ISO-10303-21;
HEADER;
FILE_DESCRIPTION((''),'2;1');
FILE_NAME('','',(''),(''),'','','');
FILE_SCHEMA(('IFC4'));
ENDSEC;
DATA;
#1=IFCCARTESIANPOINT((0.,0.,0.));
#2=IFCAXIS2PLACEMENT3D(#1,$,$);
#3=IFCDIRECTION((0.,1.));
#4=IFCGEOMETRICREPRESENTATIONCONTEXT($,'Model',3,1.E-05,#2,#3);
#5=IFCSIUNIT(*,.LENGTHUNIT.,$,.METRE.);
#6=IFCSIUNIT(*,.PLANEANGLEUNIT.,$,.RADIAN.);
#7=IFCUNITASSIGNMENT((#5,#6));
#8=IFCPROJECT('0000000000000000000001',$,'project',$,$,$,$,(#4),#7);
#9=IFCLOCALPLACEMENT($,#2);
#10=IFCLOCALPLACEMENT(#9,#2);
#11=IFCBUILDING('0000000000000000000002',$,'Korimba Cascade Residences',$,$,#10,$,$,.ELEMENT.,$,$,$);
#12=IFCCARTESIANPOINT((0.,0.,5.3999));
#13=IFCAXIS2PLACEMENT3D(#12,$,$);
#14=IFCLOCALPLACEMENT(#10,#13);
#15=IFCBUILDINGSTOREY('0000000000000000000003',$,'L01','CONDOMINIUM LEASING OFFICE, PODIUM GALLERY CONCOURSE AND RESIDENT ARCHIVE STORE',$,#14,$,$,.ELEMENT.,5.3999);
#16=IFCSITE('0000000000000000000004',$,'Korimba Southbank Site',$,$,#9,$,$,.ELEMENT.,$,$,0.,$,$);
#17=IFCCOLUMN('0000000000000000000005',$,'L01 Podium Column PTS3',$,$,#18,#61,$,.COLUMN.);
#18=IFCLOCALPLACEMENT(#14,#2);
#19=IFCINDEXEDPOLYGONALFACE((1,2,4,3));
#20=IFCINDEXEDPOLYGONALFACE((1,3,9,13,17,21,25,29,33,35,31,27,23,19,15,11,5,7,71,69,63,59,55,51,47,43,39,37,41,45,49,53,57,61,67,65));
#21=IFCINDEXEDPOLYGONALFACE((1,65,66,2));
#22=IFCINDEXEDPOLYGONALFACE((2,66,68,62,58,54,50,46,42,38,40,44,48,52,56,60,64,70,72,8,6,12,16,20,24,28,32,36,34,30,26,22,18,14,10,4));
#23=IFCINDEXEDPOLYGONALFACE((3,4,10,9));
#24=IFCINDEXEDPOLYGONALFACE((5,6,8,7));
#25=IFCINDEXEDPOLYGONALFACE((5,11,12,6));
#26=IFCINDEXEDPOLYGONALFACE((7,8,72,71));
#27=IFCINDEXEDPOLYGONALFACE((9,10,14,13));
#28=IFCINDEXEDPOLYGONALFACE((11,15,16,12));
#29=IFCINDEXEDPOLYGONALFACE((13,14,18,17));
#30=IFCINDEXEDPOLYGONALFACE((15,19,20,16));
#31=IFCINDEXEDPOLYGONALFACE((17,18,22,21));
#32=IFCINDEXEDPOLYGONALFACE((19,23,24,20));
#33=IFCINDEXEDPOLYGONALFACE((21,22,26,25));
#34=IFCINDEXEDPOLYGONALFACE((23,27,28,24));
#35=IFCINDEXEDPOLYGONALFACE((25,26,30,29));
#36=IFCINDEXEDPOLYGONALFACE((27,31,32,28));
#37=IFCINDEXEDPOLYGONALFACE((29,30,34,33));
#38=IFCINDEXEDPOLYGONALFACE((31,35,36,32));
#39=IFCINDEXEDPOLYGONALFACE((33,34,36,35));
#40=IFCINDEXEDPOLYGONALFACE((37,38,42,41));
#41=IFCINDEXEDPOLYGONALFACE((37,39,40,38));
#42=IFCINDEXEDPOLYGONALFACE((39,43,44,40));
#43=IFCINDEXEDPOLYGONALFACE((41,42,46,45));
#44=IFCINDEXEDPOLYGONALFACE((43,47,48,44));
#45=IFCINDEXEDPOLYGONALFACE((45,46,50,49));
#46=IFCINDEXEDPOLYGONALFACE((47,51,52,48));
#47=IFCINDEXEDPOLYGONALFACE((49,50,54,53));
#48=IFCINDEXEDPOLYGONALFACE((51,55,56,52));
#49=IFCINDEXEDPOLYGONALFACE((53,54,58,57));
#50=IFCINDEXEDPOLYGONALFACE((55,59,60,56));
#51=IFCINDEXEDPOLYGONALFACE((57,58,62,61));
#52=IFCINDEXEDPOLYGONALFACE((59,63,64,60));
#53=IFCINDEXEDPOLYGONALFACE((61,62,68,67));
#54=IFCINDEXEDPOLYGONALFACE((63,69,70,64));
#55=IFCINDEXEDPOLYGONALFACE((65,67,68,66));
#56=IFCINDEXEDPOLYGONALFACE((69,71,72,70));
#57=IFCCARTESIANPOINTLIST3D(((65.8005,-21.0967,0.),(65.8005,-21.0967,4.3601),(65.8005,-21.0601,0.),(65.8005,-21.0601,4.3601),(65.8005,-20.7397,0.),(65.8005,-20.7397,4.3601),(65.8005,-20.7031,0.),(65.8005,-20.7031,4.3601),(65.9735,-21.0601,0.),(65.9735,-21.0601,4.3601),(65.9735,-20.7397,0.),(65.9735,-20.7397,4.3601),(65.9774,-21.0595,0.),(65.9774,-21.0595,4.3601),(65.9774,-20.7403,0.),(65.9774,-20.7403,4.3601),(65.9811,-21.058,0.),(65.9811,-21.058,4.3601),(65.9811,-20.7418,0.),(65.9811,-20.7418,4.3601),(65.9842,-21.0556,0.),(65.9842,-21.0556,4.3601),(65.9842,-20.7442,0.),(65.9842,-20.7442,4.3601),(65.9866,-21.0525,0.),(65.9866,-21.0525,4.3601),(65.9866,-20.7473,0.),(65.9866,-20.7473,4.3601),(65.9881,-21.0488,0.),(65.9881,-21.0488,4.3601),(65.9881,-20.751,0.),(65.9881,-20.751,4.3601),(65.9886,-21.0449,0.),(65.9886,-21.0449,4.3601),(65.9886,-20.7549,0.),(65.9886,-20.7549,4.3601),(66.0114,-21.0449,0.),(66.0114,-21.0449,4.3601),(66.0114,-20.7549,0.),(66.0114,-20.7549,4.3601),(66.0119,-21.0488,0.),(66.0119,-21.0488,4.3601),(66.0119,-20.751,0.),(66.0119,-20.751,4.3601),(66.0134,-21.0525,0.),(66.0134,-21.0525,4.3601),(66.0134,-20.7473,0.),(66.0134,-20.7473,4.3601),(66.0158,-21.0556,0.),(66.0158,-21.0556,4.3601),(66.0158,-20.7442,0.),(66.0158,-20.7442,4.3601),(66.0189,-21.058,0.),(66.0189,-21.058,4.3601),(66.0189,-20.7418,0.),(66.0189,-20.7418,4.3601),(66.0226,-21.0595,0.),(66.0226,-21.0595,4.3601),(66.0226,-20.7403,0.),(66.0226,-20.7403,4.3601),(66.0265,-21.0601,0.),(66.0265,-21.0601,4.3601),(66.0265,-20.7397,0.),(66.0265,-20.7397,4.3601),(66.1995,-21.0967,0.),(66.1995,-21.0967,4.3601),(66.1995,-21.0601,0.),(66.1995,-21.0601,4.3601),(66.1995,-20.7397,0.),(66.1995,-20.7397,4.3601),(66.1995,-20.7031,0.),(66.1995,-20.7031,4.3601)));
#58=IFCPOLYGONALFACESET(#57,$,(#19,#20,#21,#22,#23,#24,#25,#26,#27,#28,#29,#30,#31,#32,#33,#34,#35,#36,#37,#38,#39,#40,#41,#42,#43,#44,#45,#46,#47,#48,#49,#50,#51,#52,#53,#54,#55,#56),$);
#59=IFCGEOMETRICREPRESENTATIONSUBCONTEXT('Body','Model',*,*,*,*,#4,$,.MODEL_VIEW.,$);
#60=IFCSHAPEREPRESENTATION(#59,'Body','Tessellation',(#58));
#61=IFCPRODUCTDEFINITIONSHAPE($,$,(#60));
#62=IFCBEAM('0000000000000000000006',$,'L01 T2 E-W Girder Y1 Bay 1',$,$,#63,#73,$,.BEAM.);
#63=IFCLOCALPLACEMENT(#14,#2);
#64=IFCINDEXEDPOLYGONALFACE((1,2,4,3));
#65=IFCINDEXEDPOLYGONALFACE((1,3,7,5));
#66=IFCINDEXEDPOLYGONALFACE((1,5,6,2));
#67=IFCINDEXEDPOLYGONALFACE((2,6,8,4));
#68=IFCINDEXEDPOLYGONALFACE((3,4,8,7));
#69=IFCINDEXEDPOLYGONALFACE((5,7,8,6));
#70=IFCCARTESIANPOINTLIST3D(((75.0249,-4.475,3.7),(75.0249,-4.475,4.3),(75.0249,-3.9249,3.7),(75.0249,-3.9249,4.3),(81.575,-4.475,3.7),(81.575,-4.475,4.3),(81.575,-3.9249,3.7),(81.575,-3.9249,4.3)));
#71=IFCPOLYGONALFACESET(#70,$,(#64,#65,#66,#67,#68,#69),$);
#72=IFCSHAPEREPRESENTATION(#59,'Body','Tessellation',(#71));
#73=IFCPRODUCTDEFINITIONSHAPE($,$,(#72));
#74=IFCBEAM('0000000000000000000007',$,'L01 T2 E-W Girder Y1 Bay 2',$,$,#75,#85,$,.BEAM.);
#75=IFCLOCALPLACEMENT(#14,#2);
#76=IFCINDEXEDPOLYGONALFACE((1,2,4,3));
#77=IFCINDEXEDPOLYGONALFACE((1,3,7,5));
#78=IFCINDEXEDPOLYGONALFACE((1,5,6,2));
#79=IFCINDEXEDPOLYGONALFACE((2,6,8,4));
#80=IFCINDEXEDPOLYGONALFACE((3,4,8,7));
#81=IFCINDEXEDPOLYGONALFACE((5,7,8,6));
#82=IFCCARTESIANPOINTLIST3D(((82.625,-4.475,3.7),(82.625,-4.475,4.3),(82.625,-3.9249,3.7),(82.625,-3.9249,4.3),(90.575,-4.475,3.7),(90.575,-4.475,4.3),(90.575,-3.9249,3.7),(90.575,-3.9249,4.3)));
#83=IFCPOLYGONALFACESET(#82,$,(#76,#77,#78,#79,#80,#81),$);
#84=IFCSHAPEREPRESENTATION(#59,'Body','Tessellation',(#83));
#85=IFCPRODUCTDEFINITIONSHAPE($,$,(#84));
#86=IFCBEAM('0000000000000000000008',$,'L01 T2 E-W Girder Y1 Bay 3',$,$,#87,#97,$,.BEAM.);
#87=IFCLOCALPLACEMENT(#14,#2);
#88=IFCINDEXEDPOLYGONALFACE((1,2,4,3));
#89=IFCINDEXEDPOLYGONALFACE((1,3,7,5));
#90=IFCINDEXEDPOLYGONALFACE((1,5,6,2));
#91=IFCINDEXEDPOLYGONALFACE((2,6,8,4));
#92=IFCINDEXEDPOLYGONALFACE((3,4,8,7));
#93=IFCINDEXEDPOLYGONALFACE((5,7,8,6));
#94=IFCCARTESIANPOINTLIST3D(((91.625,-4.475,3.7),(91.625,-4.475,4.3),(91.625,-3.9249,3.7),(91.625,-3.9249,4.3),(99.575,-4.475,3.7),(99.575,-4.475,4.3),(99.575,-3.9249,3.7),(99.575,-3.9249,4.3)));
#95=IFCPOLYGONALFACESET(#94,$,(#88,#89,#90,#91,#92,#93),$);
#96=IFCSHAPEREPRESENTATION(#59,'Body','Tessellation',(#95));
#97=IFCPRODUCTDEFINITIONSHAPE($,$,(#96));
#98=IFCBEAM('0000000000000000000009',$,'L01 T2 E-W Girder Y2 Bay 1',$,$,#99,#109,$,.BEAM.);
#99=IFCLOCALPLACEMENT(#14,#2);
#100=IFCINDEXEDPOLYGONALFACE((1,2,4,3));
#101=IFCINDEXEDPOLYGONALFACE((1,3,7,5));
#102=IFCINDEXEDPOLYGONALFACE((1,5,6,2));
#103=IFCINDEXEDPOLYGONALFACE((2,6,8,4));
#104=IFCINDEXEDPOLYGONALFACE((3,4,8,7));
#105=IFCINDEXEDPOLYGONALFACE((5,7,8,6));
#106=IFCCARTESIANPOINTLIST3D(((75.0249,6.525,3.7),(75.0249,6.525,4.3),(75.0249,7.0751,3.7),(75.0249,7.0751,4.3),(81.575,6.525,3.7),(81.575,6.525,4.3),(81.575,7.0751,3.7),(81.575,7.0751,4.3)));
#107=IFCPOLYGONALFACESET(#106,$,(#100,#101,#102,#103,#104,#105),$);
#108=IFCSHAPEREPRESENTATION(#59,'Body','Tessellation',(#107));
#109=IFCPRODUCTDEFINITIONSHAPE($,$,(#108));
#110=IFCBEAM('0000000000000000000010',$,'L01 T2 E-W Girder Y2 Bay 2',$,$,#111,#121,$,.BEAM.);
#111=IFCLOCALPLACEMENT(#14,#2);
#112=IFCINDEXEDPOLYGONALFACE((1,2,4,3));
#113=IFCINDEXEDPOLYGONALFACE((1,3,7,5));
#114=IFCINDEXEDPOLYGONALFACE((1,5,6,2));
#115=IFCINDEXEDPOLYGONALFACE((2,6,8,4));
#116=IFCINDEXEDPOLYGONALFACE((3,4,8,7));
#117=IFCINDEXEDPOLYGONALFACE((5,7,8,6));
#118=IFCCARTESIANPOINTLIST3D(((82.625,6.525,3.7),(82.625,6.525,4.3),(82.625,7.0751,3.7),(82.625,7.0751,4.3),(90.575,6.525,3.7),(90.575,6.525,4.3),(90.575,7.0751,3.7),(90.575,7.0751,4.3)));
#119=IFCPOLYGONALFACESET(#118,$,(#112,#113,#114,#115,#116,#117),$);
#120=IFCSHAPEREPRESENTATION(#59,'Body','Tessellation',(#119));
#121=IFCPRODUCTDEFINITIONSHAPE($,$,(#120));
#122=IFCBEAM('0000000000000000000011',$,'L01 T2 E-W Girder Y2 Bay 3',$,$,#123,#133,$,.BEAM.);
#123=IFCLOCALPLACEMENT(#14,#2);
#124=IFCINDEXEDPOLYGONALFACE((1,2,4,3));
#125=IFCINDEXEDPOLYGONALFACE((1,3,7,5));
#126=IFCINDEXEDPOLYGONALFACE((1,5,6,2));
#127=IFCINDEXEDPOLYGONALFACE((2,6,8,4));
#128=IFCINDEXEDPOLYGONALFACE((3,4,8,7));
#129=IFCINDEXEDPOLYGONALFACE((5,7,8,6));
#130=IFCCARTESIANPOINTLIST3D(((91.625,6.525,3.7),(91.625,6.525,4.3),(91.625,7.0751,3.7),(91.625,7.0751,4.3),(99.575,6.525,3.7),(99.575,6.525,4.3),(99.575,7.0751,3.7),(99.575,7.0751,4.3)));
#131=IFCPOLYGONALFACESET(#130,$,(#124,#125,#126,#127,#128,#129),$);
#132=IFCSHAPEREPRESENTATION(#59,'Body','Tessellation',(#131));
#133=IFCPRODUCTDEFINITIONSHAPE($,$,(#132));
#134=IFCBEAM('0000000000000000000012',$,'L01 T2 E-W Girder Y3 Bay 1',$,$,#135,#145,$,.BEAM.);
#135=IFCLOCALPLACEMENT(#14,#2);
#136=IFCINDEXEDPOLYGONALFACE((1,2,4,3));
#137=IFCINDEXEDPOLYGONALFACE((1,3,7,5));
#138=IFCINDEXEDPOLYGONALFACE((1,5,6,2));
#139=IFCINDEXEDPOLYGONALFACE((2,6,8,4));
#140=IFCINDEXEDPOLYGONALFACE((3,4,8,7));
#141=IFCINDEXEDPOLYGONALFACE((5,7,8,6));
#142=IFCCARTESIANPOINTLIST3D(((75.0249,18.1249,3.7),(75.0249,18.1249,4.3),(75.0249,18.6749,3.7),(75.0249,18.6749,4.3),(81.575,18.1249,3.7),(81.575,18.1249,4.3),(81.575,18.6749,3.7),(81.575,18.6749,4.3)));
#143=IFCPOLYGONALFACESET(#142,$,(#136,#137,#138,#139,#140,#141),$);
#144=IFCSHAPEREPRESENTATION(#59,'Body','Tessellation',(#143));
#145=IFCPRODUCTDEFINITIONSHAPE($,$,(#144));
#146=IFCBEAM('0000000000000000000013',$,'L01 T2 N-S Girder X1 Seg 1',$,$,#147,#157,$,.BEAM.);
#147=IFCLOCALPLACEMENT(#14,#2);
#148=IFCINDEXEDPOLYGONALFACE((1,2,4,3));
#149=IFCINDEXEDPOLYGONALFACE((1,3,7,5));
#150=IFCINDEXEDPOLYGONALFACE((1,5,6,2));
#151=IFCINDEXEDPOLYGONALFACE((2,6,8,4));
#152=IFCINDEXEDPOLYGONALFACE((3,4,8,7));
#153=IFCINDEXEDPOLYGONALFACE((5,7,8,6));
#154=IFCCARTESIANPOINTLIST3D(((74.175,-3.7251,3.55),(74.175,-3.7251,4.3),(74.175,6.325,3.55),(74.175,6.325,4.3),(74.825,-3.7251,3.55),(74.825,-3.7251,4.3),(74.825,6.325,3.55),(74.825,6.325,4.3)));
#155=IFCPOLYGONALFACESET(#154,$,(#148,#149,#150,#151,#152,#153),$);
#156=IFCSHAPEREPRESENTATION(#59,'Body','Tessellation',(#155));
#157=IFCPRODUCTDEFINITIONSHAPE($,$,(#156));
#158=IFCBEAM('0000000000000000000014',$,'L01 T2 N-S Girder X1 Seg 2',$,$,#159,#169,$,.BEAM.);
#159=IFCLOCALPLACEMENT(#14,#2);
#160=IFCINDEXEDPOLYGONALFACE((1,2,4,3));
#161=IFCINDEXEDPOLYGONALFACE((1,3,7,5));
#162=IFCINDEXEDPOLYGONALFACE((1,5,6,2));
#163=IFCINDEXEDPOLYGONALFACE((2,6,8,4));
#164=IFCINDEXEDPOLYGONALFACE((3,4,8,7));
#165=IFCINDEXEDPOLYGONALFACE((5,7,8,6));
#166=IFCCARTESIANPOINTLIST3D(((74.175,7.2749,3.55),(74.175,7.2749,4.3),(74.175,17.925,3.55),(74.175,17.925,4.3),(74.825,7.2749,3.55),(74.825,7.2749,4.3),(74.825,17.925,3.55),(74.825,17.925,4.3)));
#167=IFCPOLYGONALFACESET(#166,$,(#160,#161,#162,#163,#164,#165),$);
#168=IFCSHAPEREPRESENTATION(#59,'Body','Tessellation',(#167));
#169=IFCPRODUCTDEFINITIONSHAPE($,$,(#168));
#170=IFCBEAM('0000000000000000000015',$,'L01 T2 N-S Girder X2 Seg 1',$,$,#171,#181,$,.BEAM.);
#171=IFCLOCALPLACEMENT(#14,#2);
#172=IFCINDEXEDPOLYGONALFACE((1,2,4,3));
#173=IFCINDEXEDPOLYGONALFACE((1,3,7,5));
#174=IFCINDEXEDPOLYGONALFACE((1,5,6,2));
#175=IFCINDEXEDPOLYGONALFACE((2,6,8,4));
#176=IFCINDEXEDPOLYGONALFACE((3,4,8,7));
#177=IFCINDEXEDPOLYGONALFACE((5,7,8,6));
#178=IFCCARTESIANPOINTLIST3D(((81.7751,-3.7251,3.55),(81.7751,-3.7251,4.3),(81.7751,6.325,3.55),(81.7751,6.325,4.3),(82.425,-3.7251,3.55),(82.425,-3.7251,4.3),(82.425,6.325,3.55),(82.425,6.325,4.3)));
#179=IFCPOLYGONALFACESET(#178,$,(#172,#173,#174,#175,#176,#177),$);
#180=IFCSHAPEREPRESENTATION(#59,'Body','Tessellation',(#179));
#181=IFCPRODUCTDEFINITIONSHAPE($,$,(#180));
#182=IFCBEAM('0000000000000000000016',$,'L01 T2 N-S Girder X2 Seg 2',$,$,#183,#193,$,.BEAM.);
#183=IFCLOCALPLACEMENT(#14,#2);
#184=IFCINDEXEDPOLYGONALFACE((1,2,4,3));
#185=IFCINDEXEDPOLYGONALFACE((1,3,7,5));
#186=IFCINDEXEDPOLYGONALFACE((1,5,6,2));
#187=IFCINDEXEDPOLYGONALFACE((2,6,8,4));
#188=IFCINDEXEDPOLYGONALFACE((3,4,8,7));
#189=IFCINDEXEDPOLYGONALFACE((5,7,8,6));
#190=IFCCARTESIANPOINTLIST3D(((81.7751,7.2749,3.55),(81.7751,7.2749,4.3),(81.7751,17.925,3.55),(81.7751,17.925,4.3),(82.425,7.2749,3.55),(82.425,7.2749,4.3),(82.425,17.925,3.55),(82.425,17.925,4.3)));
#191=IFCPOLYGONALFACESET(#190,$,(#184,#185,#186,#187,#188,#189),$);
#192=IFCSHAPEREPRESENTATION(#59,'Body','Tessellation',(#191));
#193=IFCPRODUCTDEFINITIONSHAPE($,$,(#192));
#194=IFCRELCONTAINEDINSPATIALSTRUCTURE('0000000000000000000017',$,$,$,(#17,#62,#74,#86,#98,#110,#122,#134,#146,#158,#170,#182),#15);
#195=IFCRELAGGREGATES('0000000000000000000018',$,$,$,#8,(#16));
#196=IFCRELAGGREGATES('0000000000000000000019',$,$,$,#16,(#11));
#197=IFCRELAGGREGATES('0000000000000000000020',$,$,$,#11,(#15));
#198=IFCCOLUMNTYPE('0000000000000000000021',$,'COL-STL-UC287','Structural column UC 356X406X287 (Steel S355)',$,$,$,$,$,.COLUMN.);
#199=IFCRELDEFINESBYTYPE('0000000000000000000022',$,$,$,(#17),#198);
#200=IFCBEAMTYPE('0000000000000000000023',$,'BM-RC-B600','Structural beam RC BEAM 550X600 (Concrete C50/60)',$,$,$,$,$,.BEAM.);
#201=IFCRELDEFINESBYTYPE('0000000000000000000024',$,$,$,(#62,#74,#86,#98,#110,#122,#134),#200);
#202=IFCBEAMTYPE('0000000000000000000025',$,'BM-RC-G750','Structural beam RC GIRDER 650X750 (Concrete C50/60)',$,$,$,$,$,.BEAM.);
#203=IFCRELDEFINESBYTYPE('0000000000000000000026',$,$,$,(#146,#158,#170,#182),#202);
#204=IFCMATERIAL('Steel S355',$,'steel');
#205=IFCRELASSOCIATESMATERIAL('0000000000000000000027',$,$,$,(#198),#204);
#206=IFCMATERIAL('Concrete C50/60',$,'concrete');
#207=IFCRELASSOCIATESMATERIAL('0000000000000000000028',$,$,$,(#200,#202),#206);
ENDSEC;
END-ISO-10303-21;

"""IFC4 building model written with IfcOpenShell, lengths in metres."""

from ifc_helpers import new_model, si_unit, direction, frame, origin, origin_2d, place, context, subcontext, project, spatial, rectangle, i_section, extrude, material, material_profile, profile_set, type_object, element, save


model = new_model("IFC4")

# Units and contexts
model_context = context("Model", 3, precision=1e-05, world=origin(), true_north=direction((0.0, 1.0)))
body_context = subcontext(model_context, "Body", "Model", "MODEL_VIEW")
ifc_project = project(units=[si_unit("LENGTHUNIT", "METRE"), si_unit("PLANEANGLEUNIT", "RADIAN")], contexts=[model_context])

# Site, building, storey
site_placement = place(None, origin())
site = spatial("IfcSite", under=ifc_project, at=site_placement, Name="Korimba Southbank Site", CompositionType="ELEMENT", RefElevation=0.0)
building_placement = place(site_placement, origin())
building = spatial("IfcBuilding", under=site, at=building_placement, Name="Korimba Cascade Residences", CompositionType="ELEMENT")
storey_placement = place(building_placement, frame((0.0, 0.0, 5.3999)))
storey = spatial("IfcBuildingStorey", under=building, at=storey_placement, Name="L01", Description="CONDOMINIUM LEASING OFFICE, PODIUM GALLERY CONCOURSE AND RESIDENT ARCHIVE STORE", CompositionType="ELEMENT", Elevation=5.3999)

# Column
ifc_material_1 = material(Name="Steel S355", Category="steel")
ifc_material_profile_1 = material_profile(ifc_material_1, i_section(OverallWidth=0.3989, OverallDepth=0.3936, WebThickness=0.0227, FlangeThickness=0.0366, FilletRadius=0.0151, at=origin_2d()), Name="Steel S355")
ifc_profile_set_1 = profile_set([ifc_material_profile_1], Name="Steel S355")
column_type_1 = type_object("IfcColumnType", Name="COL-STL-UC287", Description="Structural column UC 356X406X287 (Steel S355)", PredefinedType="COLUMN", material=ifc_profile_set_1)
for number, where, z_axis, x_axis, name in (
    (1, (66.0, -20.8999, 0.0), (0.0, 0.0, 1.0), (1.0, 0.0, 0.0), "L01 Podium Column PTS3"),
):
    element("IfcColumn", number, at=place(storey_placement, frame(where, z_axis=z_axis, x_axis=x_axis)), inside=storey, type_object=column_type_1, Name=name, PredefinedType="COLUMN", context=body_context, shape_type="SweptSolid", body=[
        extrude(i_section(OverallWidth=0.3989, OverallDepth=0.3936, WebThickness=0.0227, FlangeThickness=0.0366, FilletRadius=0.0151, at=origin_2d()), origin(), (0.0, 0.0, 1.0), 4.3601),
    ])

# Beams
ifc_material_2 = material(Name="Concrete C50/60", Category="concrete")
ifc_material_profile_2 = material_profile(ifc_material_2, rectangle(XDim=0.55, YDim=0.6001, at=origin_2d()), Name="Concrete C50/60")
ifc_profile_set_2 = profile_set([ifc_material_profile_2], Name="Concrete C50/60")
beam_type_1 = type_object("IfcBeamType", Name="BM-RC-B600", Description="Structural beam RC BEAM 550X600 (Concrete C50/60)", PredefinedType="BEAM", material=ifc_profile_set_2)
beam_1_placement = place(storey_placement, frame((75.0249, -4.2, 4.0), z_axis=(1.0, 0.0, 0.0), x_axis=(0.0, 1.0, 0.0)))
element("IfcBeam", 2, at=beam_1_placement, inside=storey, type_object=beam_type_1, Name="L01 T2 E-W Girder Y1 Bay 1", PredefinedType="BEAM", context=body_context, shape_type="SweptSolid", body=[
    extrude(rectangle(XDim=0.55, YDim=0.6001, at=origin_2d()), origin(), (0.0, 0.0, 1.0), 6.55),
])
for number, where, z_axis, x_axis, name in (
    (3, (82.625, -4.2, 4.0), (1.0, 0.0, 0.0), (0.0, 1.0, 0.0), "L01 T2 E-W Girder Y1 Bay 2"),
    (4, (91.625, -4.2, 4.0), (1.0, 0.0, 0.0), (0.0, 1.0, 0.0), "L01 T2 E-W Girder Y1 Bay 3"),
):
    element("IfcBeam", number, at=place(storey_placement, frame(where, z_axis=z_axis, x_axis=x_axis)), inside=storey, type_object=beam_type_1, Name=name, PredefinedType="BEAM", context=body_context, shape_type="SweptSolid", body=[
        extrude(rectangle(XDim=0.55, YDim=0.6001, at=origin_2d()), origin(), (0.0, 0.0, 1.0), 7.95),
    ])
beam_2_placement = place(storey_placement, frame((75.0249, 6.8, 4.0), z_axis=(1.0, 0.0, 0.0), x_axis=(0.0, 1.0, 0.0)))
element("IfcBeam", 5, at=beam_2_placement, inside=storey, type_object=beam_type_1, Name="L01 T2 E-W Girder Y2 Bay 1", PredefinedType="BEAM", context=body_context, shape_type="SweptSolid", body=[
    extrude(rectangle(XDim=0.55, YDim=0.6001, at=origin_2d()), origin(), (0.0, 0.0, 1.0), 6.55),
])
for number, where, z_axis, x_axis, name in (
    (6, (82.625, 6.8, 4.0), (1.0, 0.0, 0.0), (0.0, 1.0, 0.0), "L01 T2 E-W Girder Y2 Bay 2"),
    (7, (91.625, 6.8, 4.0), (1.0, 0.0, 0.0), (0.0, 1.0, 0.0), "L01 T2 E-W Girder Y2 Bay 3"),
):
    element("IfcBeam", number, at=place(storey_placement, frame(where, z_axis=z_axis, x_axis=x_axis)), inside=storey, type_object=beam_type_1, Name=name, PredefinedType="BEAM", context=body_context, shape_type="SweptSolid", body=[
        extrude(rectangle(XDim=0.55, YDim=0.6001, at=origin_2d()), origin(), (0.0, 0.0, 1.0), 7.95),
    ])
beam_3_placement = place(storey_placement, frame((75.0249, 18.3999, 4.0), z_axis=(1.0, 0.0, 0.0), x_axis=(0.0, 1.0, 0.0)))
element("IfcBeam", 8, at=beam_3_placement, inside=storey, type_object=beam_type_1, Name="L01 T2 E-W Girder Y3 Bay 1", PredefinedType="BEAM", context=body_context, shape_type="SweptSolid", body=[
    extrude(rectangle(XDim=0.55, YDim=0.6001, at=origin_2d()), origin(), (0.0, 0.0, 1.0), 6.55),
])
ifc_material_profile_3 = material_profile(ifc_material_2, rectangle(XDim=0.6499, YDim=0.75, at=origin_2d()), Name="Concrete C50/60")
ifc_profile_set_3 = profile_set([ifc_material_profile_3], Name="Concrete C50/60")
beam_type_2 = type_object("IfcBeamType", Name="BM-RC-G750", Description="Structural beam RC GIRDER 650X750 (Concrete C50/60)", PredefinedType="BEAM", material=ifc_profile_set_3)
beam_4_placement = place(storey_placement, frame((74.5, -3.7251, 3.925), z_axis=(0.0, 1.0, 0.0), x_axis=(-1.0, 0.0, 0.0)))
element("IfcBeam", 9, at=beam_4_placement, inside=storey, type_object=beam_type_2, Name="L01 T2 N-S Girder X1 Seg 1", PredefinedType="BEAM", context=body_context, shape_type="SweptSolid", body=[
    extrude(rectangle(XDim=0.6499, YDim=0.75, at=origin_2d()), origin(), (0.0, 0.0, 1.0), 10.05),
])
beam_5_placement = place(storey_placement, frame((74.5, 7.2749, 3.925), z_axis=(0.0, 1.0, 0.0), x_axis=(-1.0, 0.0, 0.0)))
element("IfcBeam", 10, at=beam_5_placement, inside=storey, type_object=beam_type_2, Name="L01 T2 N-S Girder X1 Seg 2", PredefinedType="BEAM", context=body_context, shape_type="SweptSolid", body=[
    extrude(rectangle(XDim=0.6499, YDim=0.75, at=origin_2d()), origin(), (0.0, 0.0, 1.0), 10.6501),
])
beam_6_placement = place(storey_placement, frame((82.1001, -3.7251, 3.925), z_axis=(0.0, 1.0, 0.0), x_axis=(-1.0, 0.0, 0.0)))
element("IfcBeam", 11, at=beam_6_placement, inside=storey, type_object=beam_type_2, Name="L01 T2 N-S Girder X2 Seg 1", PredefinedType="BEAM", context=body_context, shape_type="SweptSolid", body=[
    extrude(rectangle(XDim=0.6499, YDim=0.75, at=origin_2d()), origin(), (0.0, 0.0, 1.0), 10.05),
])
beam_7_placement = place(storey_placement, frame((82.1001, 7.2749, 3.925), z_axis=(0.0, 1.0, 0.0), x_axis=(-1.0, 0.0, 0.0)))
element("IfcBeam", 12, at=beam_7_placement, inside=storey, type_object=beam_type_2, Name="L01 T2 N-S Girder X2 Seg 2", PredefinedType="BEAM", context=body_context, shape_type="SweptSolid", body=[
    extrude(rectangle(XDim=0.6499, YDim=0.75, at=origin_2d()), origin(), (0.0, 0.0, 1.0), 10.6501),
])

save(model, "model.ifc")
